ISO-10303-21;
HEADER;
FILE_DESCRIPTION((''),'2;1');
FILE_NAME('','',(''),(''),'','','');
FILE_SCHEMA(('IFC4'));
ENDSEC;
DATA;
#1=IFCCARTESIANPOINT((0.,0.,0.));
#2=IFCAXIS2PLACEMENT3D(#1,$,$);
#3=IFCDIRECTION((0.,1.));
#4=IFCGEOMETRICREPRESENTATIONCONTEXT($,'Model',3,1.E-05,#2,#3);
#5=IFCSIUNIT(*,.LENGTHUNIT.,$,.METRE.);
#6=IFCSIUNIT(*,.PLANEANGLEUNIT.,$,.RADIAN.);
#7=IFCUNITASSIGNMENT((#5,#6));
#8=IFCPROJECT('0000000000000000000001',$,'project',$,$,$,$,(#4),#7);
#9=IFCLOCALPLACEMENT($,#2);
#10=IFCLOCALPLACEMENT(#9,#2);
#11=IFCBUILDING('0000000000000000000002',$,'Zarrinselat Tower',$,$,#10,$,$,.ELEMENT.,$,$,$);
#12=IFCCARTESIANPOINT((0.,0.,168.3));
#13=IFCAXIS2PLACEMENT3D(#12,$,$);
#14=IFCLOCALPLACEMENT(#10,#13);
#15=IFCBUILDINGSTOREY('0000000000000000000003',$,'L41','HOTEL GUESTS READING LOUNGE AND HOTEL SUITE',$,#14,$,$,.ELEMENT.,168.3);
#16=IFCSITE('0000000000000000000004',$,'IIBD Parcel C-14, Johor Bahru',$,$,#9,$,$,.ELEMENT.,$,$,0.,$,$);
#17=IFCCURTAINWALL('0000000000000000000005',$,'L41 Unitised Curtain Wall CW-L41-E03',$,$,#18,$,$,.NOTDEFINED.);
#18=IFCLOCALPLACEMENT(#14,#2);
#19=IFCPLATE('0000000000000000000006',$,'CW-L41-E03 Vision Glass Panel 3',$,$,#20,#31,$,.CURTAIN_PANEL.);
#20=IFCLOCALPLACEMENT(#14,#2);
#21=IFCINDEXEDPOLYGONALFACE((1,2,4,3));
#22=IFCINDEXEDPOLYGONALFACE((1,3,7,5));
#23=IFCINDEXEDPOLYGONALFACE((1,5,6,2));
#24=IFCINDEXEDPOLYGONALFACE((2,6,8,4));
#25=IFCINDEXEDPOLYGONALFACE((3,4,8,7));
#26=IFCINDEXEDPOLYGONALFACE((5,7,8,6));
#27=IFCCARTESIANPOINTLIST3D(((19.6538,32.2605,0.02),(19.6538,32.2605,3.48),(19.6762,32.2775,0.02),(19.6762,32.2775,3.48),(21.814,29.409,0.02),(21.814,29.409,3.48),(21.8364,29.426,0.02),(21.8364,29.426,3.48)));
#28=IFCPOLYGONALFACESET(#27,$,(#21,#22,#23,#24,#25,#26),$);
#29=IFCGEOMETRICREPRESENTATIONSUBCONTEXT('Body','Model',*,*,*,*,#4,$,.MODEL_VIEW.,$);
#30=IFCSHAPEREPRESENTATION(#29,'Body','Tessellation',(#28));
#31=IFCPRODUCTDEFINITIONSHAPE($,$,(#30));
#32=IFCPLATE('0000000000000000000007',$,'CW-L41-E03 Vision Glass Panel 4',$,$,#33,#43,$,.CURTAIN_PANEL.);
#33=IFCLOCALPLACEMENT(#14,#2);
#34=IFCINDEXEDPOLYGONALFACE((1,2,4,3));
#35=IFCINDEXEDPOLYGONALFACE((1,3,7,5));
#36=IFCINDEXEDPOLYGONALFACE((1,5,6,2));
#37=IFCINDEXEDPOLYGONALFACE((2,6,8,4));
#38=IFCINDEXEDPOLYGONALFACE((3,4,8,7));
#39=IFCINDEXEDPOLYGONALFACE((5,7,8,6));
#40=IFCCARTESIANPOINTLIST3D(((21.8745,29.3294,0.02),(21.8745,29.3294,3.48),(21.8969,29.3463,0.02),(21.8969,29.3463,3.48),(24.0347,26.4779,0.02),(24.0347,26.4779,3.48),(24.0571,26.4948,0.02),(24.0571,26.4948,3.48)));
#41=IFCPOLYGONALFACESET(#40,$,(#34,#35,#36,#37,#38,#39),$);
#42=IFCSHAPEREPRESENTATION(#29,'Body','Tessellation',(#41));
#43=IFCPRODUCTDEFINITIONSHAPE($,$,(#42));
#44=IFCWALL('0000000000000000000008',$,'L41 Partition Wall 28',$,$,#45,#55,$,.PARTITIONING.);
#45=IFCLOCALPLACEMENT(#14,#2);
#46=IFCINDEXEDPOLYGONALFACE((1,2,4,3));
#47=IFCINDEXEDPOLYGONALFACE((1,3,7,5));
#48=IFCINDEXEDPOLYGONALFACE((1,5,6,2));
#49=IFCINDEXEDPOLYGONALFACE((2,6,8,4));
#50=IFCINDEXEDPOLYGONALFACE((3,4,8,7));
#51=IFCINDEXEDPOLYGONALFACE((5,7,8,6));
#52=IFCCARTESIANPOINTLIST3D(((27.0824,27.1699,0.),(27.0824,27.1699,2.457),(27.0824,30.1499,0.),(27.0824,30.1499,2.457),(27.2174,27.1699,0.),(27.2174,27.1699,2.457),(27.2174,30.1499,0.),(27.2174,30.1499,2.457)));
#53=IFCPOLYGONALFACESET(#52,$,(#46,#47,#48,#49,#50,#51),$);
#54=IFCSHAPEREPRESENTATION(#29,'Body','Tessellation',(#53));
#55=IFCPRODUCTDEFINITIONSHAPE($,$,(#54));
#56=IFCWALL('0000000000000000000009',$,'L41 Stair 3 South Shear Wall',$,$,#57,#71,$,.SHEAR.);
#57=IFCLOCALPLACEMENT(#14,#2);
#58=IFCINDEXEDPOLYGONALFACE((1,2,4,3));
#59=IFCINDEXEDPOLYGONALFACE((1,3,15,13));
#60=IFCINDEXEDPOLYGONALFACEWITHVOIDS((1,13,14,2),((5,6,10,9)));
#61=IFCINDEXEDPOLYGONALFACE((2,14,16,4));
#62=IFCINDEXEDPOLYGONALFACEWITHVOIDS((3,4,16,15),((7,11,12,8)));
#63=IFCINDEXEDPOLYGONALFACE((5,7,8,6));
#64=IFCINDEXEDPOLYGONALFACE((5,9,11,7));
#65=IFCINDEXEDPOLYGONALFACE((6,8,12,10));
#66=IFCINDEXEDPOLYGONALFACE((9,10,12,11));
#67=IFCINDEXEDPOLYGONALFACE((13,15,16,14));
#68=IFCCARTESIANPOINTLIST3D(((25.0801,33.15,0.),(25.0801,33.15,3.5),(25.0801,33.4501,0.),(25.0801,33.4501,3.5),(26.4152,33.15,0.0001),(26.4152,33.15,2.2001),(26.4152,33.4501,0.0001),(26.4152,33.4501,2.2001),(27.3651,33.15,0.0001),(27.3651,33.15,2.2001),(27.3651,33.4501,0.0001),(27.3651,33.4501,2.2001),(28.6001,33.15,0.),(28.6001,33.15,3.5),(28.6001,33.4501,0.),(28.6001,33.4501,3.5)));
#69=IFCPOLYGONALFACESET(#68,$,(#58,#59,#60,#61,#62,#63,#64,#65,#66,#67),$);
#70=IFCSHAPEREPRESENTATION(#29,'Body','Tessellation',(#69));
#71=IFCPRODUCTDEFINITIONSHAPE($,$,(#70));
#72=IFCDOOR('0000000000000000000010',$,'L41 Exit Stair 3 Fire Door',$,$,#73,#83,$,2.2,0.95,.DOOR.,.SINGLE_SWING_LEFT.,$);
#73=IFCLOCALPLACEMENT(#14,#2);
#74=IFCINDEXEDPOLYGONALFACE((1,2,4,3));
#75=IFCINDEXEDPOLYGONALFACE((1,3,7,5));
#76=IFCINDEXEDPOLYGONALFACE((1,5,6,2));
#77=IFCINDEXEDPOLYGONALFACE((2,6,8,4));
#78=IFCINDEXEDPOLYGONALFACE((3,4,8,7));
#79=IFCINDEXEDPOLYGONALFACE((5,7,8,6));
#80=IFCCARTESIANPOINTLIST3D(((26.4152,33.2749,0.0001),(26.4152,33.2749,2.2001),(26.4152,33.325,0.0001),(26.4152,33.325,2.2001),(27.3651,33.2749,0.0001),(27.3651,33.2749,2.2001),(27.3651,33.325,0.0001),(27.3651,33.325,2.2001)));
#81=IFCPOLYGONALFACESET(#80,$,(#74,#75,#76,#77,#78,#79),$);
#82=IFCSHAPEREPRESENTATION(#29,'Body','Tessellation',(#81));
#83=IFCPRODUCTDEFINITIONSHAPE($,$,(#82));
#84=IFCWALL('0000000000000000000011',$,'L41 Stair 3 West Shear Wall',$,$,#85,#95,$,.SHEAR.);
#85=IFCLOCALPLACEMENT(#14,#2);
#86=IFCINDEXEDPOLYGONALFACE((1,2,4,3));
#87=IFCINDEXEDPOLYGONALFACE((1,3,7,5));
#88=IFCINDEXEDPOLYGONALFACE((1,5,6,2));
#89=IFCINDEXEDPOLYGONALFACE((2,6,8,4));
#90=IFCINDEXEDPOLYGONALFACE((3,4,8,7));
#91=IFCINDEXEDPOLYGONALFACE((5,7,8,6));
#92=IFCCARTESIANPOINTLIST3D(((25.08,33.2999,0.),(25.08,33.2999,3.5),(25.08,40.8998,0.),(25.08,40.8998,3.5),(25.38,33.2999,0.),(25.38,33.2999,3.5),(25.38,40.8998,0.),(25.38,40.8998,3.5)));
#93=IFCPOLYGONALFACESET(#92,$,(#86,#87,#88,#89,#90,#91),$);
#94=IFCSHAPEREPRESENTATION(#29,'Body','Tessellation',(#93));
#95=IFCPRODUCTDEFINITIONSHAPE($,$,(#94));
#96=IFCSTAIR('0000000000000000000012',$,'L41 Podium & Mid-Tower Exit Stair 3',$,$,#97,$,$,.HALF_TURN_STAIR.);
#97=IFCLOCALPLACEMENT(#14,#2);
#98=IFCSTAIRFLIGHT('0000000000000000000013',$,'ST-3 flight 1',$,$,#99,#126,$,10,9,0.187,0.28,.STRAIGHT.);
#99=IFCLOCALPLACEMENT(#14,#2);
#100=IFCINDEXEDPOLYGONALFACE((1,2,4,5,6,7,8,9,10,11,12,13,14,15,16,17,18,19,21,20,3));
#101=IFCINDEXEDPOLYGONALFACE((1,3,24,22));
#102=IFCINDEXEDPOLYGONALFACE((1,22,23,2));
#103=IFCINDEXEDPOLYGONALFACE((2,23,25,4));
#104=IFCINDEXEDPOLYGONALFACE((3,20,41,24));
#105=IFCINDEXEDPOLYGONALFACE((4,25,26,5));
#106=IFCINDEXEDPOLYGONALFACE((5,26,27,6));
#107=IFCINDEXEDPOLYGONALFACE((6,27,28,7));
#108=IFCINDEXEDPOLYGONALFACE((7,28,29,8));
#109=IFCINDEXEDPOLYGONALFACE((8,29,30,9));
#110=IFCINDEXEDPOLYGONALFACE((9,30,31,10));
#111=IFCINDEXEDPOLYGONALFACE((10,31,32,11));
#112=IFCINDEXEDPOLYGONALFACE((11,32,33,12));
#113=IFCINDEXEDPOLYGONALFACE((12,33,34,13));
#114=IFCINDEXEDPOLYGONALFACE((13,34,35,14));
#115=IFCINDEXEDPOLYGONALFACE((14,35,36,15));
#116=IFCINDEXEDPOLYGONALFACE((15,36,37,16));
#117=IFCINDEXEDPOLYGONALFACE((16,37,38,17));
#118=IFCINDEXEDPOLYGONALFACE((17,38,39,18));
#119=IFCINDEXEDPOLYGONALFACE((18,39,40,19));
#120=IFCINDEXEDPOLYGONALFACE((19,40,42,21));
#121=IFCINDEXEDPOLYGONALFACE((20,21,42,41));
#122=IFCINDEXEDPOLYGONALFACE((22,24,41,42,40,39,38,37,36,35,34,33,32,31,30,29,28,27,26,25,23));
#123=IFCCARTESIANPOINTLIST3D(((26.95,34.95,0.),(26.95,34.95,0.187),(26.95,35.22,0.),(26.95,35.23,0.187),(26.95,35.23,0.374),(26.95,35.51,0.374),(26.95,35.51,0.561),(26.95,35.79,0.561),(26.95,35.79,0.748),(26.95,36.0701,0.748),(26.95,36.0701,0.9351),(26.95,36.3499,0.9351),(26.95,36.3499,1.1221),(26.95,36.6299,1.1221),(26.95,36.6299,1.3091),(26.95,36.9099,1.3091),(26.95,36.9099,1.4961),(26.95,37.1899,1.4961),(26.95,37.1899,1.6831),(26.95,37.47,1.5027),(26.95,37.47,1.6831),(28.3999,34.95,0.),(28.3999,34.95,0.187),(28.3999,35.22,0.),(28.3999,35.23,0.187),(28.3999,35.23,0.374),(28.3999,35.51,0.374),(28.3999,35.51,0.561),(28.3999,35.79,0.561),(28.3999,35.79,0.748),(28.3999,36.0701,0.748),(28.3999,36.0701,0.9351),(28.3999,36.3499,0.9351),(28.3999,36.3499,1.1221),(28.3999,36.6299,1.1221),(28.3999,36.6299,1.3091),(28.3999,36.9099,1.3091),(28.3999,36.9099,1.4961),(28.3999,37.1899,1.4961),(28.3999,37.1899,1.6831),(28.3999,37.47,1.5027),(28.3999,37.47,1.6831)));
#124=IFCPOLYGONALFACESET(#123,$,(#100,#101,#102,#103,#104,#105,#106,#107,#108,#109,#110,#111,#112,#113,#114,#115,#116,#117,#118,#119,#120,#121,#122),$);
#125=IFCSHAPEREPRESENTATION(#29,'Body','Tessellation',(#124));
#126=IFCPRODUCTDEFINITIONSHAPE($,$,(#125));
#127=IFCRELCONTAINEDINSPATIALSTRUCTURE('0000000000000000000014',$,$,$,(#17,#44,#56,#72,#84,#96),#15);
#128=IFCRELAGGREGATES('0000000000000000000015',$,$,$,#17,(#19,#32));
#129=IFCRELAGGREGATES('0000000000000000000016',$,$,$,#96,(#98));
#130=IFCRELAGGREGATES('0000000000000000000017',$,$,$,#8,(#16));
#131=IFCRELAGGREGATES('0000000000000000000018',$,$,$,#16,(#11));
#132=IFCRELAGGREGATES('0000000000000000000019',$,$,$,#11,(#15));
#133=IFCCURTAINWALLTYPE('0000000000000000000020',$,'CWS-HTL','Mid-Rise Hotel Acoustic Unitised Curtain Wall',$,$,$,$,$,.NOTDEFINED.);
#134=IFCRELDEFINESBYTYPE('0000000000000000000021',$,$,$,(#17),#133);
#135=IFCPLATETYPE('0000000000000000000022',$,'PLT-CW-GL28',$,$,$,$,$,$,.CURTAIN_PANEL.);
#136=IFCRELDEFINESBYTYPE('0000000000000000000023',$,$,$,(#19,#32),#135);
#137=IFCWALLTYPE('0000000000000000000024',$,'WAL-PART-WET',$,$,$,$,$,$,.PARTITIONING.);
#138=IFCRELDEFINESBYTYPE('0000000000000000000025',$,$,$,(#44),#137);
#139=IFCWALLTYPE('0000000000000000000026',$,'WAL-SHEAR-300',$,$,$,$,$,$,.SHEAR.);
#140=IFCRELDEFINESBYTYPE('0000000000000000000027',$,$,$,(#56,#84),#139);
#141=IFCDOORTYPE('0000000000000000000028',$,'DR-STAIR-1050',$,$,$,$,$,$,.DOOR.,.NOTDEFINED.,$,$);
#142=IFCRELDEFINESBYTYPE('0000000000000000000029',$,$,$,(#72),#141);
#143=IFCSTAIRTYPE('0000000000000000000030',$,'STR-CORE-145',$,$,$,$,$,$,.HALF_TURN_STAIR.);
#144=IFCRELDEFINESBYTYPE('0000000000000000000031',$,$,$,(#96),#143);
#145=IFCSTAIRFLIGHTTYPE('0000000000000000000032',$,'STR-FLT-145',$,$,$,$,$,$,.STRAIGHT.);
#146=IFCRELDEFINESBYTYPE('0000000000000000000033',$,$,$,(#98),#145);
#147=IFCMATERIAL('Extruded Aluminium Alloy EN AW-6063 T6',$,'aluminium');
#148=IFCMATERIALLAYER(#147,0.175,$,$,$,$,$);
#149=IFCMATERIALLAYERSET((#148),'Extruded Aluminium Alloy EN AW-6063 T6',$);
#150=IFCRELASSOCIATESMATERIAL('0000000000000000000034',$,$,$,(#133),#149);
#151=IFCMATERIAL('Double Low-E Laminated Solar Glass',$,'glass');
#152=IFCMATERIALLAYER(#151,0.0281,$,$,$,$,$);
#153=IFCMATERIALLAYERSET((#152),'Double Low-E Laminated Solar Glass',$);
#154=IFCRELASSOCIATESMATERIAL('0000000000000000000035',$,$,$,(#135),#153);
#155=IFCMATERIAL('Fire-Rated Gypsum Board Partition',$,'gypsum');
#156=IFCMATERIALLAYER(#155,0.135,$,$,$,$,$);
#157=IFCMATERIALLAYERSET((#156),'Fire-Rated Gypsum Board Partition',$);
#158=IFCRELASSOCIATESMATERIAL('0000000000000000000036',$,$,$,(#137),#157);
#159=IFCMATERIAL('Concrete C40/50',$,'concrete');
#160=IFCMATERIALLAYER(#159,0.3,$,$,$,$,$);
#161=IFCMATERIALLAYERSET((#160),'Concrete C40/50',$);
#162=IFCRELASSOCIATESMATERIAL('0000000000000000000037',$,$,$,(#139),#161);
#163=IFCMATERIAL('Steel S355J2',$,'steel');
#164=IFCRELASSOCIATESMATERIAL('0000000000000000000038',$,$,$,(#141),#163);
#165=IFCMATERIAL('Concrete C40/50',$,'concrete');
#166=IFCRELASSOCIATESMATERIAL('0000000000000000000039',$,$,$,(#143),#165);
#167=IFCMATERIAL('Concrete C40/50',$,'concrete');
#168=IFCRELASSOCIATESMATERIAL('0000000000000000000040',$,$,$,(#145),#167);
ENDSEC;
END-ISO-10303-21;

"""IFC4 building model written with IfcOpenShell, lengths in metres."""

from ifc_helpers import new_model, si_unit, direction, frame, frame_2d, origin, origin_2d, place, context, subcontext, project, spatial, polyline, rectangle, outline, extrude, material, layer, layer_set, type_object, element, fill, aggregate, save


model = new_model("IFC4")

# Units and contexts
model_context = context("Model", 3, precision=1e-05, world=origin(), true_north=direction((0.0, 1.0)))
body_context = subcontext(model_context, "Body", "Model", "MODEL_VIEW")
ifc_project = project(units=[si_unit("LENGTHUNIT", "METRE"), si_unit("PLANEANGLEUNIT", "RADIAN")], contexts=[model_context])

# Site, building, storey
site_placement = place(None, origin())
site = spatial("IfcSite", under=ifc_project, at=site_placement, Name="IIBD Parcel C-14, Johor Bahru", CompositionType="ELEMENT", RefElevation=0.0)
building_placement = place(site_placement, origin())
building = spatial("IfcBuilding", under=site, at=building_placement, Name="Zarrinselat Tower", CompositionType="ELEMENT")
storey_placement = place(building_placement, frame((0.0, 0.0, 168.3)))
storey = spatial("IfcBuildingStorey", under=building, at=storey_placement, Name="L41", Description="HOTEL GUESTS READING LOUNGE AND HOTEL SUITE", CompositionType="ELEMENT", Elevation=168.3)

# Curtain wall, plates
ifc_material_1 = material(Name="Extruded Aluminium Alloy EN AW-6063 T6", Category="aluminium")
ifc_layer_1 = layer(ifc_material_1, 0.175)
ifc_layer_set_1 = layer_set([ifc_layer_1], Name="Extruded Aluminium Alloy EN AW-6063 T6")
curtain_wall_type = type_object("IfcCurtainWallType", Name="CWS-HTL", Description="Mid-Rise Hotel Acoustic Unitised Curtain Wall", PredefinedType="NOTDEFINED", material=ifc_layer_set_1)
curtain_wall_placement = place(storey_placement, origin())
curtain_wall = element("IfcCurtainWall", 1, at=curtain_wall_placement, inside=storey, type_object=curtain_wall_type, Name="L41 Unitised Curtain Wall CW-L41-E03", PredefinedType="NOTDEFINED")
ifc_material_2 = material(Name="Double Low-E Laminated Solar Glass", Category="glass")
ifc_layer_2 = layer(ifc_material_2, 0.0281)
ifc_layer_set_2 = layer_set([ifc_layer_2], Name="Double Low-E Laminated Solar Glass")
plate_type = type_object("IfcPlateType", Name="PLT-CW-GL28", PredefinedType="CURTAIN_PANEL", material=ifc_layer_set_2)
plate_1_placement = place(storey_placement, frame((20.7451, 30.8433, 0.02), z_axis=(0.0, 0.0, 1.0), x_axis=(0.603858, -0.797092, 0.0)))
plate_1 = element("IfcPlate", 2, at=plate_1_placement, type_object=plate_type, Name="CW-L41-E03 Vision Glass Panel 3", PredefinedType="CURTAIN_PANEL", context=body_context, shape_type="SweptSolid", body=[
    extrude(rectangle(XDim=3.5774, YDim=0.0281, at=origin_2d()), origin(), (0.0, 0.0, 1.0), 3.46),
])
plate_2_placement = place(storey_placement, frame((22.9658, 27.9121, 0.02), z_axis=(0.0, 0.0, 1.0), x_axis=(0.603858, -0.797092, 0.0)))
plate_2 = element("IfcPlate", 3, at=plate_2_placement, type_object=plate_type, Name="CW-L41-E03 Vision Glass Panel 4", PredefinedType="CURTAIN_PANEL", context=body_context, shape_type="SweptSolid", body=[
    extrude(rectangle(XDim=3.5774, YDim=0.0281, at=origin_2d()), origin(), (0.0, 0.0, 1.0), 3.46),
])
aggregate(curtain_wall, [plate_1, plate_2])

# Wall
ifc_material_3 = material(Name="Fire-Rated Gypsum Board Partition", Category="gypsum")
ifc_layer_3 = layer(ifc_material_3, 0.135)
ifc_layer_set_3 = layer_set([ifc_layer_3], Name="Fire-Rated Gypsum Board Partition")
wall_type_1 = type_object("IfcWallType", Name="WAL-PART-WET", PredefinedType="PARTITIONING", material=ifc_layer_set_3)
wall_1_placement = place(storey_placement, frame((27.1499, 27.1699, 0.0), z_axis=(0.0, 0.0, 1.0), x_axis=(0.0, 1.0, 0.0)))
element("IfcWall", 4, at=wall_1_placement, inside=storey, type_object=wall_type_1, Name="L41 Partition Wall 28", PredefinedType="PARTITIONING", context=body_context, shape_type="SweptSolid", body=[
    extrude(rectangle(XDim=2.98, YDim=0.135, at=frame_2d((1.49, 0.0))), origin(), (0.0, 0.0, 1.0), 2.457),
])

# Wall, opening, door
ifc_material_4 = material(Name="Concrete C40/50", Category="concrete")
ifc_layer_4 = layer(ifc_material_4, 0.3)
ifc_layer_set_4 = layer_set([ifc_layer_4], Name="Concrete C40/50")
wall_type_2 = type_object("IfcWallType", Name="WAL-SHEAR-300", PredefinedType="SHEAR", material=ifc_layer_set_4)
wall_2_placement = place(storey_placement, frame((25.0801, 33.3, 0.0), z_axis=(0.0, 0.0, 1.0), x_axis=(1.0, 0.0, 0.0)))
wall_2 = element("IfcWall", 5, at=wall_2_placement, inside=storey, type_object=wall_type_2, Name="L41 Stair 3 South Shear Wall", PredefinedType="SHEAR", context=body_context, shape_type="SweptSolid", body=[
    extrude(rectangle(XDim=3.52, YDim=0.3, at=frame_2d((1.76, 0.0))), origin(), (0.0, 0.0, 1.0), 3.5),
])
opening_placement = place(wall_2_placement, frame((1.335, 0.0, 0.0)))
opening = element("IfcOpeningElement", 6, at=opening_placement, cuts=wall_2, PredefinedType="OPENING", context=body_context, shape_type="SweptSolid", body=[
    extrude(rectangle(XDim=0.95, YDim=2.2, at=frame_2d((0.4751, 1.1001))), frame((0.0, 0.1599, 0.0), z_axis=(0.0, -1.0, 0.0), x_axis=(1.0, 0.0, 0.0)), (0.0, 0.0, 1.0), 0.3201),
])
ifc_material_5 = material(Name="Steel S355J2", Category="steel")
door_type = type_object("IfcDoorType", Name="DR-STAIR-1050", OperationType="NOTDEFINED", PredefinedType="DOOR", material=ifc_material_5)
door_placement = place(opening_placement, origin())
door = element("IfcDoor", 7, at=door_placement, inside=storey, type_object=door_type, Name="L41 Exit Stair 3 Fire Door", OperationType="SINGLE_SWING_LEFT", OverallHeight=2.2, OverallWidth=0.95, PredefinedType="DOOR", context=body_context, shape_type="SweptSolid", body=[
    extrude(rectangle(XDim=0.95, YDim=2.2, at=frame_2d((0.4751, 1.1001))), frame((0.0, 0.0249, 0.0), z_axis=(0.0, -1.0, 0.0), x_axis=(1.0, 0.0, 0.0)), (0.0, 0.0, 1.0), 0.05),
])
fill(opening, door)

# Wall
wall_3_placement = place(storey_placement, frame((25.23, 33.3, 0.0), z_axis=(0.0, 0.0, 1.0), x_axis=(0.0, 1.0, 0.0)))
element("IfcWall", 8, at=wall_3_placement, inside=storey, type_object=wall_type_2, Name="L41 Stair 3 West Shear Wall", PredefinedType="SHEAR", context=body_context, shape_type="SweptSolid", body=[
    extrude(rectangle(XDim=7.5999, YDim=0.3, at=frame_2d((3.7998, 0.0))), origin(), (0.0, 0.0, 1.0), 3.5),
])

# Stair, stair flight
ifc_material_6 = material(Name="Concrete C40/50", Category="concrete")
stair_type = type_object("IfcStairType", Name="STR-CORE-145", PredefinedType="HALF_TURN_STAIR", material=ifc_material_6)
stair_placement = place(storey_placement, origin())
stair = element("IfcStair", 9, at=stair_placement, inside=storey, type_object=stair_type, Name="L41 Podium & Mid-Tower Exit Stair 3", PredefinedType="HALF_TURN_STAIR")
ifc_material_7 = material(Name="Concrete C40/50", Category="concrete")
stair_flight_type = type_object("IfcStairFlightType", Name="STR-FLT-145", PredefinedType="STRAIGHT", material=ifc_material_7)
stair_flight_placement = place(storey_placement, frame((27.675, 34.95, 0.0), z_axis=(0.0, 0.0, 1.0), x_axis=(0.0, 1.0, 0.0)))
stair_flight = element("IfcStairFlight", 10, at=stair_flight_placement, type_object=stair_flight_type, Name="ST-3 flight 1", NumberOfRisers=10, NumberOfTreads=9, PredefinedType="STRAIGHT", RiserHeight=0.187, TreadLength=0.28, context=body_context, shape_type="SweptSolid", body=[
    extrude(outline(polyline([(0.0, 0.0), (0.0, 0.187), (0.28, 0.187), (0.28, 0.374), (0.5601, 0.374), (0.5601, 0.561), (0.8401, 0.561), (0.8401, 0.748), (1.1201, 0.748), (1.1201, 0.9351), (1.3999, 0.9351), (1.3999, 1.1221), (1.6799, 1.1221), (1.6799, 1.3091), (1.96, 1.3091), (1.96, 1.4961), (2.24, 1.4961), (2.24, 1.6831), (2.52, 1.6831), (2.52, 1.8701), (2.52, 1.5027), (0.27, 0.0), (0.0, 0.0)])), frame((0.0, 0.7251, 0.0), z_axis=(0.0, -1.0, 0.0), x_axis=(1.0, 0.0, 0.0)), (0.0, 0.0, 1.0), 1.45),
])
aggregate(stair, [stair_flight])

save(model, "model.ifc")
